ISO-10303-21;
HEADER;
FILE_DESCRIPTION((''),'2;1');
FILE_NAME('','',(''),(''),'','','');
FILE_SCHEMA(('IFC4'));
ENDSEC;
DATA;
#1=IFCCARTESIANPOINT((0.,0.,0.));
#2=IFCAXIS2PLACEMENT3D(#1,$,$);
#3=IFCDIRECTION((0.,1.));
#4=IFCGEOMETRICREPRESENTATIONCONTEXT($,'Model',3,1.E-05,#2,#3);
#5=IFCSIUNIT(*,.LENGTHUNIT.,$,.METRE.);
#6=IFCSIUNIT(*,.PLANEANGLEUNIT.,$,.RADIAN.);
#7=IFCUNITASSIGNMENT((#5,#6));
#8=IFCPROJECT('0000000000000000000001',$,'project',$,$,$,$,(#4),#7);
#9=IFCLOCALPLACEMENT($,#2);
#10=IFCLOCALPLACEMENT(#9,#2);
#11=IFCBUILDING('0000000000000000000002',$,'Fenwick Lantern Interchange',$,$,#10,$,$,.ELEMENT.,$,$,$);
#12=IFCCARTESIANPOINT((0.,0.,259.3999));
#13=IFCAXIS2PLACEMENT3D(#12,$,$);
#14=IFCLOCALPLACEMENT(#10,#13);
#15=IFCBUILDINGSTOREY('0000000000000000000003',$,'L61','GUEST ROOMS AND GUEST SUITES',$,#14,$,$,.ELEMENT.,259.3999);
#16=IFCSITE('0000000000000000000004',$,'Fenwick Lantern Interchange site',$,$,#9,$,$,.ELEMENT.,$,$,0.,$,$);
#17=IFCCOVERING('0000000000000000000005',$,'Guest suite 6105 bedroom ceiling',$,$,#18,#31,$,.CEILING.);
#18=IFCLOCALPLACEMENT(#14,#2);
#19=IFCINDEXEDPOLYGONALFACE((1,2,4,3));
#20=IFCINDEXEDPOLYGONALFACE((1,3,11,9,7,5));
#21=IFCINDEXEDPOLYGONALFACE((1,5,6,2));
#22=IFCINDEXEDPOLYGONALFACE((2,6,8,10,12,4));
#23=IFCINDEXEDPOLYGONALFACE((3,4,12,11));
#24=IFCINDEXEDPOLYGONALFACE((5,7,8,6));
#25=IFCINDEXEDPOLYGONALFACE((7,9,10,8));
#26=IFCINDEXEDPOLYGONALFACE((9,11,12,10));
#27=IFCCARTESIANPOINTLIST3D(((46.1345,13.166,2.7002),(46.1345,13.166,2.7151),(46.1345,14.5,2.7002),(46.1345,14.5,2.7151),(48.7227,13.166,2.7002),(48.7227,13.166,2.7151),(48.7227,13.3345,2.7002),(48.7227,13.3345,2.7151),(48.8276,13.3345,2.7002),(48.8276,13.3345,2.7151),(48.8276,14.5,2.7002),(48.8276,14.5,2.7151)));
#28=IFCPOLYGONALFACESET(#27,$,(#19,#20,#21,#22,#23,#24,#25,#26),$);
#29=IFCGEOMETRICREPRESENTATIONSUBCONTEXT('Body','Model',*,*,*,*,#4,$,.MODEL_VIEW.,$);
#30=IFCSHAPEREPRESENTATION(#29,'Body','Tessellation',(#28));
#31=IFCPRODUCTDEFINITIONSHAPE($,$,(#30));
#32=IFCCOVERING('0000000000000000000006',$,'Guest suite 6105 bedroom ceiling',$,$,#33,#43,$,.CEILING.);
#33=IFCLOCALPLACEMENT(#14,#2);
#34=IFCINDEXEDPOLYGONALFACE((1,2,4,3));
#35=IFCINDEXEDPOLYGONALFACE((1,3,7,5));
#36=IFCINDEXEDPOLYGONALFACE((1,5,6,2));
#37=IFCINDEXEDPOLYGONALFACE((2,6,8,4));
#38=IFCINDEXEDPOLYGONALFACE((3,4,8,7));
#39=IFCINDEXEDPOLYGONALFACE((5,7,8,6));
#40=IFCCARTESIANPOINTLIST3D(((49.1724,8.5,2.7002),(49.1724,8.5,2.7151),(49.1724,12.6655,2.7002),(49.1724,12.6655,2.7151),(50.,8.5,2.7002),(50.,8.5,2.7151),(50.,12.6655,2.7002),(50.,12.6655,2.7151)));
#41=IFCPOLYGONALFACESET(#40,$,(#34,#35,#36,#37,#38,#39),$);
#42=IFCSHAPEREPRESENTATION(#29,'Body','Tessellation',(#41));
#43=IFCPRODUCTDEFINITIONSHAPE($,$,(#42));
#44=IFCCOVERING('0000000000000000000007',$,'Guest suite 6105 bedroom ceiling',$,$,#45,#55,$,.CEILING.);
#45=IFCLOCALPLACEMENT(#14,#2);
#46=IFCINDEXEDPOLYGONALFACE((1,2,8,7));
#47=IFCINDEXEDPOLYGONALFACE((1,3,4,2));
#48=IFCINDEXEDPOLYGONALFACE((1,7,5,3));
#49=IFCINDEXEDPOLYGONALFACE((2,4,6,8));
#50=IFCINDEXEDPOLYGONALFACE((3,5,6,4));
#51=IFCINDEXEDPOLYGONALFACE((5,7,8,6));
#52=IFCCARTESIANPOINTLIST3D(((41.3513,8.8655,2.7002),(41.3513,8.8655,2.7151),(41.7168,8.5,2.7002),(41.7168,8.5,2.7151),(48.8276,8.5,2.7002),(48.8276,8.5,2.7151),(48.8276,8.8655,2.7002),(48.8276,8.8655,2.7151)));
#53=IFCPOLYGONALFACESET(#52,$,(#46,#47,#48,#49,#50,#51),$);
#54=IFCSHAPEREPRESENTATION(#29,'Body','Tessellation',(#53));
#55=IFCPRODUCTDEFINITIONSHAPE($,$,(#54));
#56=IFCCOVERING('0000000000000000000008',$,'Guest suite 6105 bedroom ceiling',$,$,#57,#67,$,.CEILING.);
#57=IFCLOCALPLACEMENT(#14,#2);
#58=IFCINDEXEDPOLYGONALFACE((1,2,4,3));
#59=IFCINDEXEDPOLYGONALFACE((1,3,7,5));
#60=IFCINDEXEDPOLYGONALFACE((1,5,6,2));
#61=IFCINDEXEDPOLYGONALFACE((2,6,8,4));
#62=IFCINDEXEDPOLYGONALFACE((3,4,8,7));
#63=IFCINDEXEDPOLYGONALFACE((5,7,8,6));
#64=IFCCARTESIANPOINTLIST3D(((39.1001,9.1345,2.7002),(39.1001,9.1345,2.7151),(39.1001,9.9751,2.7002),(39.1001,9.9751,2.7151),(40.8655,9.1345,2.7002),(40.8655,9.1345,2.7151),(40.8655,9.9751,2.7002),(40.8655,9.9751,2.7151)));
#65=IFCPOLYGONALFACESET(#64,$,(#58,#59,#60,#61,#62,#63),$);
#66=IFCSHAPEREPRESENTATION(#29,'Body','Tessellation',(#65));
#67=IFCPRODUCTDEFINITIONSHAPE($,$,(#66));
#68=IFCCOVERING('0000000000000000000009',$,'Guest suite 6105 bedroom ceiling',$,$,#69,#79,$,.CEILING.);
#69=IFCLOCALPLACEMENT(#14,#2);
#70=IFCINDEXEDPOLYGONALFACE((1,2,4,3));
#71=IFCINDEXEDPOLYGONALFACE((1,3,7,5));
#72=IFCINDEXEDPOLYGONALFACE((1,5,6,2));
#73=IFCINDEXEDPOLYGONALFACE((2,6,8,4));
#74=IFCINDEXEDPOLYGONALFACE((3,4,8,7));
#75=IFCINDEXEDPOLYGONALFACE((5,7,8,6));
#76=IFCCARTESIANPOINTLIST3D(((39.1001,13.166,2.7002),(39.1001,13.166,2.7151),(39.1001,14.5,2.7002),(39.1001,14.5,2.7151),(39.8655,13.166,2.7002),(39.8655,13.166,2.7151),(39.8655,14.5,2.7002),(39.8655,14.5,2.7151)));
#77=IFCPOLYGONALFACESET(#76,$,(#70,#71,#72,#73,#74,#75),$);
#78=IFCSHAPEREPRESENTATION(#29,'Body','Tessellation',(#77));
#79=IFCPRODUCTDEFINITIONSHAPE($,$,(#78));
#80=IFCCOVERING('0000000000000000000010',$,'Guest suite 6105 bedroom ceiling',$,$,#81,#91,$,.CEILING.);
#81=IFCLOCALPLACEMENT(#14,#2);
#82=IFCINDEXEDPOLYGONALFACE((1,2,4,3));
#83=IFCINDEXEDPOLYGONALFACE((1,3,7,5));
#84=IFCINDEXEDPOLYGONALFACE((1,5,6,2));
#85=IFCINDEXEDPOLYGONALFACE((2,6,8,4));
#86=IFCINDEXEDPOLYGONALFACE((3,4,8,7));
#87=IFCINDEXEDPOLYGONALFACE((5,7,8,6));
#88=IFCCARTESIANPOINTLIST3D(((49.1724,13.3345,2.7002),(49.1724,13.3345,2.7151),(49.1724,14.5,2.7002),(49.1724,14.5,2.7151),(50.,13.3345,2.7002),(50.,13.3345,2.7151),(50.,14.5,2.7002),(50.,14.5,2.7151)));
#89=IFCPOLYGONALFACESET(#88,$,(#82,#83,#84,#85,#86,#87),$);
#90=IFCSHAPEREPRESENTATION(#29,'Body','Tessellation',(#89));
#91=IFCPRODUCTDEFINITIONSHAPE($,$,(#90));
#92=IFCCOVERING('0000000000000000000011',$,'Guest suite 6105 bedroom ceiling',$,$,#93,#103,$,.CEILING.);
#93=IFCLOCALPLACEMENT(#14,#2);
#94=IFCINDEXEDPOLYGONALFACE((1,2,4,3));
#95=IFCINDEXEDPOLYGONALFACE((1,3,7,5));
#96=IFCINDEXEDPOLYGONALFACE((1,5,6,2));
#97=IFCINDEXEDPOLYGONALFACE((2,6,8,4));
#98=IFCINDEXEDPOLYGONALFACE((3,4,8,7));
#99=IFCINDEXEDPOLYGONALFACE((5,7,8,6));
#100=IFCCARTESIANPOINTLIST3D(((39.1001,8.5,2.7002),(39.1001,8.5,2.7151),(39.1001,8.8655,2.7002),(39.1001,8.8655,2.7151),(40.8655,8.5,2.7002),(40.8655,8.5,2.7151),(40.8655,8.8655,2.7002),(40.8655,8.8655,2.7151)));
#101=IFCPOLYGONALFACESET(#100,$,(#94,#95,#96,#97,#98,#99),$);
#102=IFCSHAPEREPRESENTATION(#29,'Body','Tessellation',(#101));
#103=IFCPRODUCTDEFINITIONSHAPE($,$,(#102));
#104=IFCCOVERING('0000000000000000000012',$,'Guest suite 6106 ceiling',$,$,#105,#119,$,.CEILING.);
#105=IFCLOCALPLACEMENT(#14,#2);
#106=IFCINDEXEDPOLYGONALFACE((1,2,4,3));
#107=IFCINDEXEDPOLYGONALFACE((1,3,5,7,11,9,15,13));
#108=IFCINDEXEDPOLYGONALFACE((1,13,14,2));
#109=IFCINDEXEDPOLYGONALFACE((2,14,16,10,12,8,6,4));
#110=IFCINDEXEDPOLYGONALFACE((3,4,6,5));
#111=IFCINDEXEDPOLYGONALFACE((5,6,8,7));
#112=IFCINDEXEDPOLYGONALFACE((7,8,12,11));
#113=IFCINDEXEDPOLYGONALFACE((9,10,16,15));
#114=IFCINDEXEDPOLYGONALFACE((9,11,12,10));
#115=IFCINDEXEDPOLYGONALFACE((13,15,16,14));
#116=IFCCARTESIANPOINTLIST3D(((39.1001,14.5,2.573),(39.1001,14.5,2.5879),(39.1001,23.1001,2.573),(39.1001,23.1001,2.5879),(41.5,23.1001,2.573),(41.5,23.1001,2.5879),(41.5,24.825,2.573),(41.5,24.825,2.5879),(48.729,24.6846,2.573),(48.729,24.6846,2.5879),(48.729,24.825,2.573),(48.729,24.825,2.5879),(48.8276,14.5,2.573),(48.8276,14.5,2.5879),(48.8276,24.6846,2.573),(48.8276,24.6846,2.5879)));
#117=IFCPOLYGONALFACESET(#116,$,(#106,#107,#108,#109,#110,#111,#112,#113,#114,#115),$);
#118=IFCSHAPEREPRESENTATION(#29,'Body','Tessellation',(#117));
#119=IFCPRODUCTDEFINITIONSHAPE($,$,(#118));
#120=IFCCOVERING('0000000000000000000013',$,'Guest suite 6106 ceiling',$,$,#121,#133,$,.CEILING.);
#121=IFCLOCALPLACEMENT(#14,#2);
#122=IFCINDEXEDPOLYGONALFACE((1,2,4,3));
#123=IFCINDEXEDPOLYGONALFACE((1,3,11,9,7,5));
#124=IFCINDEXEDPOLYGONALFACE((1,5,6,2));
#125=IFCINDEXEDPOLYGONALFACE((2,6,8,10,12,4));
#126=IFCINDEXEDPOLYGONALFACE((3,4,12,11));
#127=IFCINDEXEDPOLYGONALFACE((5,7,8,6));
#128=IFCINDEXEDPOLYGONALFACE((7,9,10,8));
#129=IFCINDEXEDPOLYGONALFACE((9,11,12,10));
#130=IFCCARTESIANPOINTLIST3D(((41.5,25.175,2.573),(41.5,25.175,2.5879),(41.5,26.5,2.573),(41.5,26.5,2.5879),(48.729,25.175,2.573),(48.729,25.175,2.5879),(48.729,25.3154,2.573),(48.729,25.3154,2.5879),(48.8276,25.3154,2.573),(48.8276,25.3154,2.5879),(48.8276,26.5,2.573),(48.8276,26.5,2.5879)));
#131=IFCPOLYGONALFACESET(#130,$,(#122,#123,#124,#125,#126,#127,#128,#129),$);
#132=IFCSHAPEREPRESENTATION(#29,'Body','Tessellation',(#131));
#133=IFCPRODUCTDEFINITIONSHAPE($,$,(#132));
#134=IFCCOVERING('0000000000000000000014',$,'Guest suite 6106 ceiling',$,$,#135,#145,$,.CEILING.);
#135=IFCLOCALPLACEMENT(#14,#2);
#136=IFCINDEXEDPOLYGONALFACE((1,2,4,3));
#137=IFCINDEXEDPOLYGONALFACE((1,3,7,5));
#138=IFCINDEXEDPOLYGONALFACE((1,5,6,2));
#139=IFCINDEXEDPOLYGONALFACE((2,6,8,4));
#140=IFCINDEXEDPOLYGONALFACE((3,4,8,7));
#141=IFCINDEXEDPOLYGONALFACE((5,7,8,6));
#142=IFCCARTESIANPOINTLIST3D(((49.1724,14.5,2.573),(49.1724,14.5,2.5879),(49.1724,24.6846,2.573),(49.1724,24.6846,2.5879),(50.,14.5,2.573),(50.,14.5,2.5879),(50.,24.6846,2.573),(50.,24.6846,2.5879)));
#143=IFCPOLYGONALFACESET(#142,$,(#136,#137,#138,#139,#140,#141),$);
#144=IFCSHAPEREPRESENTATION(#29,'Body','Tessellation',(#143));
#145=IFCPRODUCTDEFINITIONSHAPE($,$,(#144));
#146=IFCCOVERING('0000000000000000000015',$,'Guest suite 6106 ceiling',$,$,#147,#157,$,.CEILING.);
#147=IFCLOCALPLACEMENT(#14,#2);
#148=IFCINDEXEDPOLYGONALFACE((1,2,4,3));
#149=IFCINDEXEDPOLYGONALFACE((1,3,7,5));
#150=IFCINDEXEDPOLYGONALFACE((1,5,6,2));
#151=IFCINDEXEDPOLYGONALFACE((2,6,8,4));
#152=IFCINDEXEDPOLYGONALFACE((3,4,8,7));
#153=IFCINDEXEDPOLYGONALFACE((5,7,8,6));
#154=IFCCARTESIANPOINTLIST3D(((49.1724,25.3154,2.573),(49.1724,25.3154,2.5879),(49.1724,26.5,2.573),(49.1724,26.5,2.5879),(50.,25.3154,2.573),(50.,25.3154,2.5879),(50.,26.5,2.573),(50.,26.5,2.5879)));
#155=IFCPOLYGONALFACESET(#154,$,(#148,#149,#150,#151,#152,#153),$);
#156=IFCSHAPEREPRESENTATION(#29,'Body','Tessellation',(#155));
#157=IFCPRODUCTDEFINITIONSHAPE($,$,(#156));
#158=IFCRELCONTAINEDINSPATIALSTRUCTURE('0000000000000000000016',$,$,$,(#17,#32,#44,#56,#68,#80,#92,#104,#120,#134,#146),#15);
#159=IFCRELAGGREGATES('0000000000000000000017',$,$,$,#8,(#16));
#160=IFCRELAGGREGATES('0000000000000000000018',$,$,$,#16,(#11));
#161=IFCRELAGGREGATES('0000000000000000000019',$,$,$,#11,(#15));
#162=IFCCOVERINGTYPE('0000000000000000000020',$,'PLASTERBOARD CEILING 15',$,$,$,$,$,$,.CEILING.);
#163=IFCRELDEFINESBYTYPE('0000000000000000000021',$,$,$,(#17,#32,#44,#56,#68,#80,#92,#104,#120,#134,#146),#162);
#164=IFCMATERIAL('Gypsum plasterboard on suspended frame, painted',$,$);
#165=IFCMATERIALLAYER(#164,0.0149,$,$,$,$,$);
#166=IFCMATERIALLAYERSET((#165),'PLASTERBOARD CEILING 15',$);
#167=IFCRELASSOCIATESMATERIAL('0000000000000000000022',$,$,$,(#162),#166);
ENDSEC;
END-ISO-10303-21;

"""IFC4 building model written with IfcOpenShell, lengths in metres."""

from ifc_helpers import new_model, si_unit, direction, frame, origin, place, context, subcontext, project, spatial, polyline, outline, extrude, material, layer, layer_set, type_object, element, save


model = new_model("IFC4")

# Units and contexts
model_context = context("Model", 3, precision=1e-05, world=origin(), true_north=direction((0.0, 1.0)))
body_context = subcontext(model_context, "Body", "Model", "MODEL_VIEW")
ifc_project = project(units=[si_unit("LENGTHUNIT", "METRE"), si_unit("PLANEANGLEUNIT", "RADIAN")], contexts=[model_context])

# Site, building, storey
site_placement = place(None, origin())
site = spatial("IfcSite", under=ifc_project, at=site_placement, Name="Fenwick Lantern Interchange site", CompositionType="ELEMENT", RefElevation=0.0)
building_placement = place(site_placement, origin())
building = spatial("IfcBuilding", under=site, at=building_placement, Name="Fenwick Lantern Interchange", CompositionType="ELEMENT")
storey_placement = place(building_placement, frame((0.0, 0.0, 259.3999)))
storey = spatial("IfcBuildingStorey", under=building, at=storey_placement, Name="L61", Description="GUEST ROOMS AND GUEST SUITES", CompositionType="ELEMENT", Elevation=259.3999)

# Coverings
ifc_material_1 = material(Name="Gypsum plasterboard on suspended frame, painted")
ifc_layer_1 = layer(ifc_material_1, 0.0149)
ifc_layer_set_1 = layer_set([ifc_layer_1], Name="PLASTERBOARD CEILING 15")
covering_type_1 = type_object("IfcCoveringType", Name="PLASTERBOARD CEILING 15", PredefinedType="CEILING", material=ifc_layer_set_1)
covering_1_placement = place(storey_placement, frame((0.0, 0.0, 2.7002)))
element("IfcCovering", 1, at=covering_1_placement, inside=storey, type_object=covering_type_1, Name="Guest suite 6105 bedroom ceiling", PredefinedType="CEILING", context=body_context, shape_type="SweptSolid", body=[
    extrude(outline(polyline([(48.7227, 13.3345), (48.8276, 13.3345), (48.8276, 14.5), (46.1345, 14.5), (46.1345, 13.166), (48.7227, 13.166), (48.7227, 13.3345)])), origin(), (0.0, 0.0, 1.0), 0.0149),
])
covering_2_placement = place(storey_placement, frame((0.0, 0.0, 2.7002)))
element("IfcCovering", 2, at=covering_2_placement, inside=storey, type_object=covering_type_1, Name="Guest suite 6105 bedroom ceiling", PredefinedType="CEILING", context=body_context, shape_type="SweptSolid", body=[
    extrude(outline(polyline([(50.0, 12.6655), (49.1724, 12.6655), (49.1724, 8.5), (50.0, 8.5), (50.0, 12.6655)])), origin(), (0.0, 0.0, 1.0), 0.0149),
])
covering_3_placement = place(storey_placement, frame((0.0, 0.0, 2.7002)))
element("IfcCovering", 3, at=covering_3_placement, inside=storey, type_object=covering_type_1, Name="Guest suite 6105 bedroom ceiling", PredefinedType="CEILING", context=body_context, shape_type="SweptSolid", body=[
    extrude(outline(polyline([(41.7168, 8.5), (48.8276, 8.5), (48.8276, 8.8655), (41.3513, 8.8655), (41.7168, 8.5)])), origin(), (0.0, 0.0, 1.0), 0.0149),
])
covering_4_placement = place(storey_placement, frame((0.0, 0.0, 2.7002)))
element("IfcCovering", 4, at=covering_4_placement, inside=storey, type_object=covering_type_1, Name="Guest suite 6105 bedroom ceiling", PredefinedType="CEILING", context=body_context, shape_type="SweptSolid", body=[
    extrude(outline(polyline([(39.1001, 9.9751), (39.1001, 9.1345), (40.8655, 9.1345), (40.8655, 9.9751), (39.1001, 9.9751)])), origin(), (0.0, 0.0, 1.0), 0.0149),
])
covering_5_placement = place(storey_placement, frame((0.0, 0.0, 2.7002)))
element("IfcCovering", 5, at=covering_5_placement, inside=storey, type_object=covering_type_1, Name="Guest suite 6105 bedroom ceiling", PredefinedType="CEILING", context=body_context, shape_type="SweptSolid", body=[
    extrude(outline(polyline([(39.1001, 14.5), (39.1001, 13.166), (39.8655, 13.166), (39.8655, 14.5), (39.1001, 14.5)])), origin(), (0.0, 0.0, 1.0), 0.0149),
])
covering_6_placement = place(storey_placement, frame((0.0, 0.0, 2.7002)))
element("IfcCovering", 6, at=covering_6_placement, inside=storey, type_object=covering_type_1, Name="Guest suite 6105 bedroom ceiling", PredefinedType="CEILING", context=body_context, shape_type="SweptSolid", body=[
    extrude(outline(polyline([(50.0, 13.3345), (50.0, 14.5), (49.1724, 14.5), (49.1724, 13.3345), (50.0, 13.3345)])), origin(), (0.0, 0.0, 1.0), 0.0149),
])
covering_7_placement = place(storey_placement, frame((0.0, 0.0, 2.7002)))
element("IfcCovering", 7, at=covering_7_placement, inside=storey, type_object=covering_type_1, Name="Guest suite 6105 bedroom ceiling", PredefinedType="CEILING", context=body_context, shape_type="SweptSolid", body=[
    extrude(outline(polyline([(39.1001, 8.5), (40.8655, 8.5), (40.8655, 8.8655), (39.1001, 8.8655), (39.1001, 8.5)])), origin(), (0.0, 0.0, 1.0), 0.0149),
])
covering_8_placement = place(storey_placement, frame((0.0, 0.0, 2.573)))
element("IfcCovering", 8, at=covering_8_placement, inside=storey, type_object=covering_type_1, Name="Guest suite 6106 ceiling", PredefinedType="CEILING", context=body_context, shape_type="SweptSolid", body=[
    extrude(outline(polyline([(48.729, 24.6846), (48.729, 24.825), (41.5, 24.825), (41.5, 23.1001), (39.1001, 23.1001), (39.1001, 14.5), (48.8276, 14.5), (48.8276, 24.6846), (48.729, 24.6846)])), origin(), (0.0, 0.0, 1.0), 0.0149),
])
covering_9_placement = place(storey_placement, frame((0.0, 0.0, 2.573)))
element("IfcCovering", 9, at=covering_9_placement, inside=storey, type_object=covering_type_1, Name="Guest suite 6106 ceiling", PredefinedType="CEILING", context=body_context, shape_type="SweptSolid", body=[
    extrude(outline(polyline([(48.729, 25.3154), (48.8276, 25.3154), (48.8276, 26.5), (41.5, 26.5), (41.5, 25.175), (48.729, 25.175), (48.729, 25.3154)])), origin(), (0.0, 0.0, 1.0), 0.0149),
])
covering_10_placement = place(storey_placement, frame((0.0, 0.0, 2.573)))
element("IfcCovering", 10, at=covering_10_placement, inside=storey, type_object=covering_type_1, Name="Guest suite 6106 ceiling", PredefinedType="CEILING", context=body_context, shape_type="SweptSolid", body=[
    extrude(outline(polyline([(50.0, 24.6846), (49.1724, 24.6846), (49.1724, 14.5), (50.0, 14.5), (50.0, 24.6846)])), origin(), (0.0, 0.0, 1.0), 0.0149),
])
covering_11_placement = place(storey_placement, frame((0.0, 0.0, 2.573)))
element("IfcCovering", 11, at=covering_11_placement, inside=storey, type_object=covering_type_1, Name="Guest suite 6106 ceiling", PredefinedType="CEILING", context=body_context, shape_type="SweptSolid", body=[
    extrude(outline(polyline([(49.1724, 25.3154), (50.0, 25.3154), (50.0, 26.5), (49.1724, 26.5), (49.1724, 25.3154)])), origin(), (0.0, 0.0, 1.0), 0.0149),
])

save(model, "model.ifc")
